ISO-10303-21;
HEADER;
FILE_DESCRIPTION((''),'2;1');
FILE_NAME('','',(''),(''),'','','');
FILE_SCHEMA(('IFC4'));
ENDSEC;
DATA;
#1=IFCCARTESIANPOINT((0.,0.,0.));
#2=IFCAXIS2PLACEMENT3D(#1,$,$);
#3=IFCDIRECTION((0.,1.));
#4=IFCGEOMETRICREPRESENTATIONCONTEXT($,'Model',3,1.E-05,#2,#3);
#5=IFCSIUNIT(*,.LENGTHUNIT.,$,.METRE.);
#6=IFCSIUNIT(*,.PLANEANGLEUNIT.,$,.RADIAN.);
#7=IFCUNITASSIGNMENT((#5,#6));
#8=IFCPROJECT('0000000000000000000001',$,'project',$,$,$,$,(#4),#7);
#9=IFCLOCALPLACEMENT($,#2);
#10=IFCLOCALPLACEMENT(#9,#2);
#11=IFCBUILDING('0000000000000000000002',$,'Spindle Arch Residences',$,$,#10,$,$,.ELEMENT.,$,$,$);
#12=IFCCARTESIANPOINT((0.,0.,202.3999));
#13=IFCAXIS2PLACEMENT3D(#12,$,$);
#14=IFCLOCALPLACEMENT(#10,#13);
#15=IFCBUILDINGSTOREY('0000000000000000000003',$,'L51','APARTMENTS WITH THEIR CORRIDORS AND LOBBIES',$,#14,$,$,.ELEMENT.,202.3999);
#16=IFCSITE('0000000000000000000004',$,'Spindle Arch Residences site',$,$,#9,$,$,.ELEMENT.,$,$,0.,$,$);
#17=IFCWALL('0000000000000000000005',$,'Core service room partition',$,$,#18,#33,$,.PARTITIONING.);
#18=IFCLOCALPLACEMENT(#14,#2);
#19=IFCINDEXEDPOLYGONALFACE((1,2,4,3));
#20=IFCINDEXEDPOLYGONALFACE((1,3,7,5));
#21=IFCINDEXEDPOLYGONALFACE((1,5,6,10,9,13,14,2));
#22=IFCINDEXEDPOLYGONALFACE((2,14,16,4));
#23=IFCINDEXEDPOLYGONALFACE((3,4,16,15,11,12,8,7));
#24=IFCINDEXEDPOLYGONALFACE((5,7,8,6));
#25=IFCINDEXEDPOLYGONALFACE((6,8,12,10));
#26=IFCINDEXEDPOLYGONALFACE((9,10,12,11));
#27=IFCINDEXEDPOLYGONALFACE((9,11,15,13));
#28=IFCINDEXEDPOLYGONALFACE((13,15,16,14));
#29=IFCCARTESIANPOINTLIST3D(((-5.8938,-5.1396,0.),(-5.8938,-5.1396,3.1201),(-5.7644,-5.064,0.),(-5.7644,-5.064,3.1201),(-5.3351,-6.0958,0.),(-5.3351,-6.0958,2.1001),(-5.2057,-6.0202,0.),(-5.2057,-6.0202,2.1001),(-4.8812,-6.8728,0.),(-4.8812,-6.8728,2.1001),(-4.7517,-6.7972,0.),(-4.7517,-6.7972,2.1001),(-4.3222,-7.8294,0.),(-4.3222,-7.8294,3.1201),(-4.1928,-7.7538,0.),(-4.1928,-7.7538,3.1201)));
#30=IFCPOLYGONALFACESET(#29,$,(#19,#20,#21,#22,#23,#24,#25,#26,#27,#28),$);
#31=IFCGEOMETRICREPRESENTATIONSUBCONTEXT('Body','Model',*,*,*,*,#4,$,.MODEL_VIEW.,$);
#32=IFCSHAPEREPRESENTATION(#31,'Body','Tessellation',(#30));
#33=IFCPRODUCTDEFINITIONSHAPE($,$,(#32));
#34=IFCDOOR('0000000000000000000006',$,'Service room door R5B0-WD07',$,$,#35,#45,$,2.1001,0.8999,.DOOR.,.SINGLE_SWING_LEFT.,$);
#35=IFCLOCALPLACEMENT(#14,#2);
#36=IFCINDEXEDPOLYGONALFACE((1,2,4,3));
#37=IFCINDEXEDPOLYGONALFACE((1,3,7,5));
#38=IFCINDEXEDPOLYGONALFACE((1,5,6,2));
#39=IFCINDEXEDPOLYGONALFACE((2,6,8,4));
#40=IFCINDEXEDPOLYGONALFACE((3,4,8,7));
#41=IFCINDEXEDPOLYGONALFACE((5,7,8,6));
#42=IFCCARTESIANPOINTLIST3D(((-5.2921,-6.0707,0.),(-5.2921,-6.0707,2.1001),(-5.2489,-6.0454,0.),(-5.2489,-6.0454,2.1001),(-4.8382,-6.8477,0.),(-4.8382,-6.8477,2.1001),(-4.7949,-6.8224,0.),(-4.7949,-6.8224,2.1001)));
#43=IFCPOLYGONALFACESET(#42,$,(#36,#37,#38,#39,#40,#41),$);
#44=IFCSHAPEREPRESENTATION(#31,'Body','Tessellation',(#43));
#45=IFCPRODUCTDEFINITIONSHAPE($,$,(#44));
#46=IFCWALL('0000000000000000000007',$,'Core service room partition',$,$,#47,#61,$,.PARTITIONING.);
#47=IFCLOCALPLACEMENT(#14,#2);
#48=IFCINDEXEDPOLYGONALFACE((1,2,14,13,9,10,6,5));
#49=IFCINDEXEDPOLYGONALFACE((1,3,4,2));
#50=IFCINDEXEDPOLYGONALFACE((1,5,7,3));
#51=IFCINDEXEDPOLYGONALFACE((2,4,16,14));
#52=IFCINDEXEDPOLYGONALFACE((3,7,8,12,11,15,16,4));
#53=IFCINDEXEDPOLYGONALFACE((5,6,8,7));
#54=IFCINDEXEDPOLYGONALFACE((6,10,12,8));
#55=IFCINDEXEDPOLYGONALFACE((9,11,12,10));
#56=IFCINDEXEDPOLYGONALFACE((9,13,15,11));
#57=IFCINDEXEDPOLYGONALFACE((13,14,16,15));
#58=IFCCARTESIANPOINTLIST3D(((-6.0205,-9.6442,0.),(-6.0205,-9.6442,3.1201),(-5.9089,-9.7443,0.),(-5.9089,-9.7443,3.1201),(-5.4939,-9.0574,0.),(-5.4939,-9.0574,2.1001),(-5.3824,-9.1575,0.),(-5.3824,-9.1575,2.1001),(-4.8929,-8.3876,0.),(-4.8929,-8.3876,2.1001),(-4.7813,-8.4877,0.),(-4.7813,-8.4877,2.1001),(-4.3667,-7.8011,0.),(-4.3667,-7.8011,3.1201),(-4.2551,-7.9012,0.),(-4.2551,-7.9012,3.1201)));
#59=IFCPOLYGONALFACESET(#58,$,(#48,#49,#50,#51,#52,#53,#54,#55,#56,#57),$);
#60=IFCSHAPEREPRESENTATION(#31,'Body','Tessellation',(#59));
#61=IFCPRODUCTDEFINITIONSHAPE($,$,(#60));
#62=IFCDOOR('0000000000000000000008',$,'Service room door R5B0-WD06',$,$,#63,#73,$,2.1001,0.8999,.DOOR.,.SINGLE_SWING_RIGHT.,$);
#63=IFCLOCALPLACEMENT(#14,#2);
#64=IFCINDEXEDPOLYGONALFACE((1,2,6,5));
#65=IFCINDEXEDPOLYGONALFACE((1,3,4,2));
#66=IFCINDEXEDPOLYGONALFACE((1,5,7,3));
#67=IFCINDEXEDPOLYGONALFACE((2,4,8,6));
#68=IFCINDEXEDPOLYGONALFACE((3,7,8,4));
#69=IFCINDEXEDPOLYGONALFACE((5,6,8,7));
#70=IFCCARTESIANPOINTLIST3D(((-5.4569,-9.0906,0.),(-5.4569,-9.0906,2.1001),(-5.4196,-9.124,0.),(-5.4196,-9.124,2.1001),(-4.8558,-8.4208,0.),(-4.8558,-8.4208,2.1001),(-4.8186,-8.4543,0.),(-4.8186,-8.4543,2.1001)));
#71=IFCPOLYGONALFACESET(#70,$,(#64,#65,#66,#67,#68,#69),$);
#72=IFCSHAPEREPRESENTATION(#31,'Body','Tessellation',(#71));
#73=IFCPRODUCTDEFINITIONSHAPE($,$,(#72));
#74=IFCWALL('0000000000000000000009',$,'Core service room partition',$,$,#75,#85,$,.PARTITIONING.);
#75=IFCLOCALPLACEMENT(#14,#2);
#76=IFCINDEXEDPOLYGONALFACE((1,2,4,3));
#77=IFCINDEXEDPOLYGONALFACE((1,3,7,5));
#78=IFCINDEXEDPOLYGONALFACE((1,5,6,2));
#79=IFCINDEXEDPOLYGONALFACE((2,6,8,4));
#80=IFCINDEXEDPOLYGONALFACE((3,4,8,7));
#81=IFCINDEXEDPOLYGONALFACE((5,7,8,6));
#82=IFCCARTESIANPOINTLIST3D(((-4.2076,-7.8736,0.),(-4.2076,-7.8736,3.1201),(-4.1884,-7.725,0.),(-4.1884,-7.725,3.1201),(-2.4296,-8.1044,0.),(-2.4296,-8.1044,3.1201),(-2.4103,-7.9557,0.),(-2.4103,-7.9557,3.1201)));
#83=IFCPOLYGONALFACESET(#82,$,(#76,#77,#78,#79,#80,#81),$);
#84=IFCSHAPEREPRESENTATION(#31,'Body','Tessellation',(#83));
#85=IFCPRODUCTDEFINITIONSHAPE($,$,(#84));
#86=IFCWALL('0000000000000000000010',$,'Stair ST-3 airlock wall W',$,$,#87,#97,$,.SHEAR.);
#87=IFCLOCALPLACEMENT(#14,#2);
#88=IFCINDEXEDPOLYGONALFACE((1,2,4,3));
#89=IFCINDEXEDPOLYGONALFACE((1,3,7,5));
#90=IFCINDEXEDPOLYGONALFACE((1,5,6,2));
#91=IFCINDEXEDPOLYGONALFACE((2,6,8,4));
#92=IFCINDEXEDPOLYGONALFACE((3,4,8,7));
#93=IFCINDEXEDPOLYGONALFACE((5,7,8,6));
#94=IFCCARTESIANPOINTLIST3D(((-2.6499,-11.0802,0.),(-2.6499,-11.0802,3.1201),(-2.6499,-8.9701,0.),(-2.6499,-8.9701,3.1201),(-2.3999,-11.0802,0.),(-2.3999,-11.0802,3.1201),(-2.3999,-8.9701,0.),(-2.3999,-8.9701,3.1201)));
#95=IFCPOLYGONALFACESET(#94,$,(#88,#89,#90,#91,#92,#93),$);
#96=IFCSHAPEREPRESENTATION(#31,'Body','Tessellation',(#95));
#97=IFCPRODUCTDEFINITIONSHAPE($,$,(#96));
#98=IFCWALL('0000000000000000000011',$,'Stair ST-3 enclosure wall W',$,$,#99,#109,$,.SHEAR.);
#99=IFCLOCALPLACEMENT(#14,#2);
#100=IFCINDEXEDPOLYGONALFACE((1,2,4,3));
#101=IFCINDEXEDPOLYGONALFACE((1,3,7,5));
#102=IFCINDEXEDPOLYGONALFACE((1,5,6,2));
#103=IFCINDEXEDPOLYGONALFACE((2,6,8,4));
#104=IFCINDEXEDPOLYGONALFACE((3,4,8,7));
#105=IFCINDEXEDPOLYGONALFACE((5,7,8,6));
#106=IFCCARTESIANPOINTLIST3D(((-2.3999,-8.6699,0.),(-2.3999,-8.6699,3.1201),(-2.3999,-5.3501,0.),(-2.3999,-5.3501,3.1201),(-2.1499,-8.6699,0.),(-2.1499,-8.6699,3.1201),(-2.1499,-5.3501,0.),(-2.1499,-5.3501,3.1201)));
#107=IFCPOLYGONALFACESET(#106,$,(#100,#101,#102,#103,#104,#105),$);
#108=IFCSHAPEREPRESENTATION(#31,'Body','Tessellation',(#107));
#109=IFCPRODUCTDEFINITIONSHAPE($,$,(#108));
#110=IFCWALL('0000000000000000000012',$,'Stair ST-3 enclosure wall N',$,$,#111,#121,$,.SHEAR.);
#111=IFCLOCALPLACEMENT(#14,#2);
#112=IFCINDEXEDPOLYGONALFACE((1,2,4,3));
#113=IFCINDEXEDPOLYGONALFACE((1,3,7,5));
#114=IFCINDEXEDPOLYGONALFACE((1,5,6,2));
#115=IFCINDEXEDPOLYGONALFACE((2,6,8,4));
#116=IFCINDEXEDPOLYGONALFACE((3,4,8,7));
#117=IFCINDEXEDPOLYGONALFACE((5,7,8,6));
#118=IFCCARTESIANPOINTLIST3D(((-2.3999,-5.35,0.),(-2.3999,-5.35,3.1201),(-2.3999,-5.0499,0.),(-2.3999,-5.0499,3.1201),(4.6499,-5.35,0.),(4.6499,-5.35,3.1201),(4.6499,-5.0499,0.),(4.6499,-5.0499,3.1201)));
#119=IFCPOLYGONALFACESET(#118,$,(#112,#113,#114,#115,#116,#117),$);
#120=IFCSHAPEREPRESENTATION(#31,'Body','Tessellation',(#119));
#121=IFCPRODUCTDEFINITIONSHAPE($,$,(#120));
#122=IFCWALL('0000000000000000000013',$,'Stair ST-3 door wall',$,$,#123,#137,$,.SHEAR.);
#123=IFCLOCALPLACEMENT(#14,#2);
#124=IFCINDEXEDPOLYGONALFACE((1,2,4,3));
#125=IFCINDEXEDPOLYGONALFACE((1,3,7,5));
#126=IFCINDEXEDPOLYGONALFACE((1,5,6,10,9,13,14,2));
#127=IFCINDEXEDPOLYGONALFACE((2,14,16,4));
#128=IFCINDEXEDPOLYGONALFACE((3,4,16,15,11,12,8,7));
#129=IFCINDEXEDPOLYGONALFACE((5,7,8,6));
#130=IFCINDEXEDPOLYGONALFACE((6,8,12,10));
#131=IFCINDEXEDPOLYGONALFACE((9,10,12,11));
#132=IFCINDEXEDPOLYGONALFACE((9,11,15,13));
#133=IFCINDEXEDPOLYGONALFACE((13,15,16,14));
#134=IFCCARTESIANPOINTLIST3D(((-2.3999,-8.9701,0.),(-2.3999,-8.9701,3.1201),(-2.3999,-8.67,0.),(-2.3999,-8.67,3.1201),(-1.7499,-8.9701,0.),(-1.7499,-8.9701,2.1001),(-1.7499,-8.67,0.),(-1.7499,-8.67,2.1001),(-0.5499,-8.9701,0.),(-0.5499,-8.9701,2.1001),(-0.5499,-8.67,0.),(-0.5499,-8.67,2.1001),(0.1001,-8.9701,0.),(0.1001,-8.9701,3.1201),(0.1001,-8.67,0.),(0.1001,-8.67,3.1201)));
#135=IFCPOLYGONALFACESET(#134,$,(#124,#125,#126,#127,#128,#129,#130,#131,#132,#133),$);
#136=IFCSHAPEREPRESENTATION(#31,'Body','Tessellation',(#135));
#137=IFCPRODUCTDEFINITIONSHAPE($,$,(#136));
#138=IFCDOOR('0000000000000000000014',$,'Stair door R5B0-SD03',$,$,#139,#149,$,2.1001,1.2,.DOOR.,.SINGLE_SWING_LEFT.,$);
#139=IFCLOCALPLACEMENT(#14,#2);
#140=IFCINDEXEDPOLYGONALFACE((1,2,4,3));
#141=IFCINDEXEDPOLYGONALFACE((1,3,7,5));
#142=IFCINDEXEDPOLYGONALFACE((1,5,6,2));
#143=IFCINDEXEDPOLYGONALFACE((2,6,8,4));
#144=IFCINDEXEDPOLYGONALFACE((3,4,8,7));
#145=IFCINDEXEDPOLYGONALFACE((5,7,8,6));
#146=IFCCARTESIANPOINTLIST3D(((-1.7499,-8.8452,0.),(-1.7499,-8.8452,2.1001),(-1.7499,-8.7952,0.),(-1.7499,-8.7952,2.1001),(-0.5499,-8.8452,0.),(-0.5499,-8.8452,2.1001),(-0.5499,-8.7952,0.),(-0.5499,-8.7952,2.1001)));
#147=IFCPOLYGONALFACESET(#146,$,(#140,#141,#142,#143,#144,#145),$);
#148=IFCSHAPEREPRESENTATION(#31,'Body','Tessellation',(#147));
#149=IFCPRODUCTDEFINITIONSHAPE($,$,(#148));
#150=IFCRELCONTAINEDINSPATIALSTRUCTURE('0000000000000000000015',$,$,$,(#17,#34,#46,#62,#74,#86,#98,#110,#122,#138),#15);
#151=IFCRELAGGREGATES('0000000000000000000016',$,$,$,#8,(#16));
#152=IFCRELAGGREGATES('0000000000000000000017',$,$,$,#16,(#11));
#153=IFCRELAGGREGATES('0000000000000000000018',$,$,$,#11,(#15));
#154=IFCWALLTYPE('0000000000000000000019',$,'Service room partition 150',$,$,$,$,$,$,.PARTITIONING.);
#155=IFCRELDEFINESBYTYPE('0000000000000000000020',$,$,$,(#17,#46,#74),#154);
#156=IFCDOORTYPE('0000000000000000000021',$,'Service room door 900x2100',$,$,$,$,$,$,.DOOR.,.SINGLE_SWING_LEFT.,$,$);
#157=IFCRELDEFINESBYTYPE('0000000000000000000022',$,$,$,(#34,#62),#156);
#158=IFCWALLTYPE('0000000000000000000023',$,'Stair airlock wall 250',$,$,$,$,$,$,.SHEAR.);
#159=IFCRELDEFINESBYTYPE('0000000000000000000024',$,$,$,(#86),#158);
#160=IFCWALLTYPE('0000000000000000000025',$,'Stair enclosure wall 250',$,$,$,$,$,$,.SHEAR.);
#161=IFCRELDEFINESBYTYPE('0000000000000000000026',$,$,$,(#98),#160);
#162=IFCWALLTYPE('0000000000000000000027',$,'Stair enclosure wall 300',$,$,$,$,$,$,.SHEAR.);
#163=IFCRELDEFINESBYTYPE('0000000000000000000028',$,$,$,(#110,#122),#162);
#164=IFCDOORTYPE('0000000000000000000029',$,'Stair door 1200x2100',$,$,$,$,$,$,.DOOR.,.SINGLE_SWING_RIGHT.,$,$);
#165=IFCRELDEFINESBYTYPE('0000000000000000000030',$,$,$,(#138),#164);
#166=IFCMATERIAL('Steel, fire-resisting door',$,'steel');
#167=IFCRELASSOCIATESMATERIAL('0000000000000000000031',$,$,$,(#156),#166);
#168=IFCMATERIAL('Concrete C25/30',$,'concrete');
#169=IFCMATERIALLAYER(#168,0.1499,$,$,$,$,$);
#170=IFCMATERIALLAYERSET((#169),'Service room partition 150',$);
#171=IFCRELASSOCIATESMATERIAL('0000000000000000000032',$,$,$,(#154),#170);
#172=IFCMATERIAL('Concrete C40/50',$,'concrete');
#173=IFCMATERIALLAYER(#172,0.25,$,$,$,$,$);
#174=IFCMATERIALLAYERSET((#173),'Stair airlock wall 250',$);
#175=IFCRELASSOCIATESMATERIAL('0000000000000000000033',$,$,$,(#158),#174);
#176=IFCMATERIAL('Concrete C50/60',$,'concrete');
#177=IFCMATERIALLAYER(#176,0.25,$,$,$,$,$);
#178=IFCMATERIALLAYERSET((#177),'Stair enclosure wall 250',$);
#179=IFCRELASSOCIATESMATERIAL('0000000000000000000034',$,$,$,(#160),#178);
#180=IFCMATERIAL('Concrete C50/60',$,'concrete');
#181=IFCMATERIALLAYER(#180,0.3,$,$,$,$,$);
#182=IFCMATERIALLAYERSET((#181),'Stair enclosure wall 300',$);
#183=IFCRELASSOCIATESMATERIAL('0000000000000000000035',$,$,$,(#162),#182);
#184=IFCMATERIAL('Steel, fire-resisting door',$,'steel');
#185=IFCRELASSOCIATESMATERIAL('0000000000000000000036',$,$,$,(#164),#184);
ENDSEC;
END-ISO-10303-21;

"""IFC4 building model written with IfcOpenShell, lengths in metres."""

from ifc_helpers import new_model, si_unit, direction, frame, frame_2d, origin, place, context, subcontext, project, spatial, rectangle, extrude, material, layer, layer_set, type_object, element, fill, save


model = new_model("IFC4")

# Units and contexts
model_context = context("Model", 3, precision=1e-05, world=origin(), true_north=direction((0.0, 1.0)))
body_context = subcontext(model_context, "Body", "Model", "MODEL_VIEW")
ifc_project = project(units=[si_unit("LENGTHUNIT", "METRE"), si_unit("PLANEANGLEUNIT", "RADIAN")], contexts=[model_context])

# Site, building, storey
site_placement = place(None, origin())
site = spatial("IfcSite", under=ifc_project, at=site_placement, Name="Spindle Arch Residences site", CompositionType="ELEMENT", RefElevation=0.0)
building_placement = place(site_placement, origin())
building = spatial("IfcBuilding", under=site, at=building_placement, Name="Spindle Arch Residences", CompositionType="ELEMENT")
storey_placement = place(building_placement, frame((0.0, 0.0, 202.3999)))
storey = spatial("IfcBuildingStorey", under=building, at=storey_placement, Name="L51", Description="APARTMENTS WITH THEIR CORRIDORS AND LOBBIES", CompositionType="ELEMENT", Elevation=202.3999)

# Shared definitions
ifc_material_1 = material(Name="Steel, fire-resisting door", Category="steel")
door_type_1 = type_object("IfcDoorType", Name="Service room door 900x2100", OperationType="SINGLE_SWING_LEFT", PredefinedType="DOOR", material=ifc_material_1)

# Walls, openings, doors
ifc_material_2 = material(Name="Concrete C25/30", Category="concrete")
ifc_layer_1 = layer(ifc_material_2, 0.1499)
ifc_layer_set_1 = layer_set([ifc_layer_1], Name="Service room partition 150")
wall_type_1 = type_object("IfcWallType", Name="Service room partition 150", PredefinedType="PARTITIONING", material=ifc_layer_set_1)
wall_1_placement = place(storey_placement, frame((-5.8291, -5.1018, 0.0), z_axis=(0.0, 0.0, 1.0), x_axis=(0.50448, -0.863423, 0.0)))
wall_1 = element("IfcWall", 1, at=wall_1_placement, inside=storey, type_object=wall_type_1, Name="Core service room partition", PredefinedType="PARTITIONING", context=body_context, shape_type="SweptSolid", body=[
    extrude(rectangle(XDim=3.1152, YDim=0.1499, at=frame_2d((1.5576, 0.0))), origin(), (0.0, 0.0, 1.0), 3.1201),
])
opening_1_placement = place(wall_1_placement, frame((1.1074, 0.0, 0.0)))
opening_1 = element("IfcOpeningElement", 2, at=opening_1_placement, cuts=wall_1, PredefinedType="OPENING", context=body_context, shape_type="SweptSolid", body=[
    extrude(rectangle(XDim=0.8999, YDim=2.1001, at=frame_2d((0.45, 1.05))), frame((0.0, 0.085, 0.0), z_axis=(0.0, -1.0, 0.0), x_axis=(1.0, 0.0, 0.0)), (0.0, 0.0, 1.0), 0.1699),
])
door_1_placement = place(opening_1_placement, origin())
door_1 = element("IfcDoor", 3, at=door_1_placement, inside=storey, type_object=door_type_1, Name="Service room door R5B0-WD07", OperationType="SINGLE_SWING_LEFT", OverallHeight=2.1001, OverallWidth=0.8999, PredefinedType="DOOR", context=body_context, shape_type="SweptSolid", body=[
    extrude(rectangle(XDim=0.8999, YDim=2.1001, at=frame_2d((0.45, 1.05))), frame((0.0, 0.0249, 0.0), z_axis=(0.0, -1.0, 0.0), x_axis=(1.0, 0.0, 0.0)), (0.0, 0.0, 1.0), 0.05),
])
fill(opening_1, door_1)
wall_2_placement = place(storey_placement, frame((-4.3108, -7.8511, 0.0), z_axis=(0.0, 0.0, 1.0), x_axis=(-0.667869, -0.744279, 0.0)))
wall_2 = element("IfcWall", 4, at=wall_2_placement, inside=storey, type_object=wall_type_1, Name="Core service room partition", PredefinedType="PARTITIONING", context=body_context, shape_type="SweptSolid", body=[
    extrude(rectangle(XDim=2.4763, YDim=0.1499, at=frame_2d((1.2383, 0.0))), origin(), (0.0, 0.0, 1.0), 3.1201),
])
opening_2_placement = place(wall_2_placement, frame((0.7881, 0.0, 0.0)))
opening_2 = element("IfcOpeningElement", 5, at=opening_2_placement, cuts=wall_2, PredefinedType="OPENING", context=body_context, shape_type="SweptSolid", body=[
    extrude(rectangle(XDim=0.8999, YDim=2.1001, at=frame_2d((0.45, 1.05))), frame((0.0, 0.085, 0.0), z_axis=(0.0, -1.0, 0.0), x_axis=(1.0, 0.0, 0.0)), (0.0, 0.0, 1.0), 0.1699),
])
door_2_placement = place(opening_2_placement, origin())
door_2 = element("IfcDoor", 6, at=door_2_placement, inside=storey, type_object=door_type_1, Name="Service room door R5B0-WD06", OperationType="SINGLE_SWING_RIGHT", OverallHeight=2.1001, OverallWidth=0.8999, PredefinedType="DOOR", context=body_context, shape_type="SweptSolid", body=[
    extrude(rectangle(XDim=0.8999, YDim=2.1001, at=frame_2d((0.45, 1.05))), frame((0.0, 0.0249, 0.0), z_axis=(0.0, -1.0, 0.0), x_axis=(1.0, 0.0, 0.0)), (0.0, 0.0, 1.0), 0.05),
])
fill(opening_2, door_2)

# Walls
wall_3_placement = place(storey_placement, frame((-4.198, -7.7993, 0.0), z_axis=(0.0, 0.0, 1.0), x_axis=(0.991687, -0.128676, 0.0)))
element("IfcWall", 7, at=wall_3_placement, inside=storey, type_object=wall_type_1, Name="Core service room partition", PredefinedType="PARTITIONING", context=body_context, shape_type="SweptSolid", body=[
    extrude(rectangle(XDim=1.793, YDim=0.1499, at=frame_2d((0.8965, 0.0))), origin(), (0.0, 0.0, 1.0), 3.1201),
])
ifc_material_3 = material(Name="Concrete C40/50", Category="concrete")
ifc_layer_2 = layer(ifc_material_3, 0.25)
ifc_layer_set_2 = layer_set([ifc_layer_2], Name="Stair airlock wall 250")
wall_type_2 = type_object("IfcWallType", Name="Stair airlock wall 250", PredefinedType="SHEAR", material=ifc_layer_set_2)
wall_4_placement = place(storey_placement, frame((-2.5249, -8.97, 0.0), z_axis=(0.0, 0.0, 1.0), x_axis=(0.0, -1.0, 0.0)))
element("IfcWall", 8, at=wall_4_placement, inside=storey, type_object=wall_type_2, Name="Stair ST-3 airlock wall W", PredefinedType="SHEAR", context=body_context, shape_type="SweptSolid", body=[
    extrude(rectangle(XDim=2.1101, YDim=0.25, at=frame_2d((1.0552, 0.0))), origin(), (0.0, 0.0, 1.0), 3.1201),
])
ifc_material_4 = material(Name="Concrete C50/60", Category="concrete")
ifc_layer_3 = layer(ifc_material_4, 0.25)
ifc_layer_set_3 = layer_set([ifc_layer_3], Name="Stair enclosure wall 250")
wall_type_3 = type_object("IfcWallType", Name="Stair enclosure wall 250", PredefinedType="SHEAR", material=ifc_layer_set_3)
wall_5_placement = place(storey_placement, frame((-2.2749, -8.6699, 0.0), z_axis=(0.0, 0.0, 1.0), x_axis=(0.0, 1.0, 0.0)))
element("IfcWall", 9, at=wall_5_placement, inside=storey, type_object=wall_type_3, Name="Stair ST-3 enclosure wall W", PredefinedType="SHEAR", context=body_context, shape_type="SweptSolid", body=[
    extrude(rectangle(XDim=3.3198, YDim=0.25, at=frame_2d((1.6599, 0.0))), origin(), (0.0, 0.0, 1.0), 3.1201),
])
ifc_material_5 = material(Name="Concrete C50/60", Category="concrete")
ifc_layer_4 = layer(ifc_material_5, 0.3)
ifc_layer_set_4 = layer_set([ifc_layer_4], Name="Stair enclosure wall 300")
wall_type_4 = type_object("IfcWallType", Name="Stair enclosure wall 300", PredefinedType="SHEAR", material=ifc_layer_set_4)
wall_6_placement = place(storey_placement, frame((-2.3999, -5.2, 0.0), z_axis=(0.0, 0.0, 1.0), x_axis=(1.0, 0.0, 0.0)))
element("IfcWall", 10, at=wall_6_placement, inside=storey, type_object=wall_type_4, Name="Stair ST-3 enclosure wall N", PredefinedType="SHEAR", context=body_context, shape_type="SweptSolid", body=[
    extrude(rectangle(XDim=7.0498, YDim=0.3, at=frame_2d((3.5249, 0.0))), origin(), (0.0, 0.0, 1.0), 3.1201),
])

# Wall, opening, door
wall_7_placement = place(storey_placement, frame((-2.3999, -8.8201, 0.0), z_axis=(0.0, 0.0, 1.0), x_axis=(1.0, 0.0, 0.0)))
wall_7 = element("IfcWall", 11, at=wall_7_placement, inside=storey, type_object=wall_type_4, Name="Stair ST-3 door wall", PredefinedType="SHEAR", context=body_context, shape_type="SweptSolid", body=[
    extrude(rectangle(XDim=2.5, YDim=0.3, at=frame_2d((1.25, 0.0))), origin(), (0.0, 0.0, 1.0), 3.1201),
])
opening_3_placement = place(wall_7_placement, frame((0.6499, 0.0, 0.0)))
opening_3 = element("IfcOpeningElement", 12, at=opening_3_placement, cuts=wall_7, PredefinedType="OPENING", context=body_context, shape_type="SweptSolid", body=[
    extrude(rectangle(XDim=1.2, YDim=2.1001, at=frame_2d((0.6001, 1.05))), frame((0.0, 0.1602, 0.0), z_axis=(0.0, -1.0, 0.0), x_axis=(1.0, 0.0, 0.0)), (0.0, 0.0, 1.0), 0.3201),
])
ifc_material_6 = material(Name="Steel, fire-resisting door", Category="steel")
door_type_2 = type_object("IfcDoorType", Name="Stair door 1200x2100", OperationType="SINGLE_SWING_RIGHT", PredefinedType="DOOR", material=ifc_material_6)
door_3_placement = place(opening_3_placement, origin())
door_3 = element("IfcDoor", 13, at=door_3_placement, inside=storey, type_object=door_type_2, Name="Stair door R5B0-SD03", OperationType="SINGLE_SWING_LEFT", OverallHeight=2.1001, OverallWidth=1.2, PredefinedType="DOOR", context=body_context, shape_type="SweptSolid", body=[
    extrude(rectangle(XDim=1.2, YDim=2.1001, at=frame_2d((0.6001, 1.05))), frame((0.0, 0.0249, 0.0), z_axis=(0.0, -1.0, 0.0), x_axis=(1.0, 0.0, 0.0)), (0.0, 0.0, 1.0), 0.05),
])
fill(opening_3, door_3)

save(model, "model.ifc")
